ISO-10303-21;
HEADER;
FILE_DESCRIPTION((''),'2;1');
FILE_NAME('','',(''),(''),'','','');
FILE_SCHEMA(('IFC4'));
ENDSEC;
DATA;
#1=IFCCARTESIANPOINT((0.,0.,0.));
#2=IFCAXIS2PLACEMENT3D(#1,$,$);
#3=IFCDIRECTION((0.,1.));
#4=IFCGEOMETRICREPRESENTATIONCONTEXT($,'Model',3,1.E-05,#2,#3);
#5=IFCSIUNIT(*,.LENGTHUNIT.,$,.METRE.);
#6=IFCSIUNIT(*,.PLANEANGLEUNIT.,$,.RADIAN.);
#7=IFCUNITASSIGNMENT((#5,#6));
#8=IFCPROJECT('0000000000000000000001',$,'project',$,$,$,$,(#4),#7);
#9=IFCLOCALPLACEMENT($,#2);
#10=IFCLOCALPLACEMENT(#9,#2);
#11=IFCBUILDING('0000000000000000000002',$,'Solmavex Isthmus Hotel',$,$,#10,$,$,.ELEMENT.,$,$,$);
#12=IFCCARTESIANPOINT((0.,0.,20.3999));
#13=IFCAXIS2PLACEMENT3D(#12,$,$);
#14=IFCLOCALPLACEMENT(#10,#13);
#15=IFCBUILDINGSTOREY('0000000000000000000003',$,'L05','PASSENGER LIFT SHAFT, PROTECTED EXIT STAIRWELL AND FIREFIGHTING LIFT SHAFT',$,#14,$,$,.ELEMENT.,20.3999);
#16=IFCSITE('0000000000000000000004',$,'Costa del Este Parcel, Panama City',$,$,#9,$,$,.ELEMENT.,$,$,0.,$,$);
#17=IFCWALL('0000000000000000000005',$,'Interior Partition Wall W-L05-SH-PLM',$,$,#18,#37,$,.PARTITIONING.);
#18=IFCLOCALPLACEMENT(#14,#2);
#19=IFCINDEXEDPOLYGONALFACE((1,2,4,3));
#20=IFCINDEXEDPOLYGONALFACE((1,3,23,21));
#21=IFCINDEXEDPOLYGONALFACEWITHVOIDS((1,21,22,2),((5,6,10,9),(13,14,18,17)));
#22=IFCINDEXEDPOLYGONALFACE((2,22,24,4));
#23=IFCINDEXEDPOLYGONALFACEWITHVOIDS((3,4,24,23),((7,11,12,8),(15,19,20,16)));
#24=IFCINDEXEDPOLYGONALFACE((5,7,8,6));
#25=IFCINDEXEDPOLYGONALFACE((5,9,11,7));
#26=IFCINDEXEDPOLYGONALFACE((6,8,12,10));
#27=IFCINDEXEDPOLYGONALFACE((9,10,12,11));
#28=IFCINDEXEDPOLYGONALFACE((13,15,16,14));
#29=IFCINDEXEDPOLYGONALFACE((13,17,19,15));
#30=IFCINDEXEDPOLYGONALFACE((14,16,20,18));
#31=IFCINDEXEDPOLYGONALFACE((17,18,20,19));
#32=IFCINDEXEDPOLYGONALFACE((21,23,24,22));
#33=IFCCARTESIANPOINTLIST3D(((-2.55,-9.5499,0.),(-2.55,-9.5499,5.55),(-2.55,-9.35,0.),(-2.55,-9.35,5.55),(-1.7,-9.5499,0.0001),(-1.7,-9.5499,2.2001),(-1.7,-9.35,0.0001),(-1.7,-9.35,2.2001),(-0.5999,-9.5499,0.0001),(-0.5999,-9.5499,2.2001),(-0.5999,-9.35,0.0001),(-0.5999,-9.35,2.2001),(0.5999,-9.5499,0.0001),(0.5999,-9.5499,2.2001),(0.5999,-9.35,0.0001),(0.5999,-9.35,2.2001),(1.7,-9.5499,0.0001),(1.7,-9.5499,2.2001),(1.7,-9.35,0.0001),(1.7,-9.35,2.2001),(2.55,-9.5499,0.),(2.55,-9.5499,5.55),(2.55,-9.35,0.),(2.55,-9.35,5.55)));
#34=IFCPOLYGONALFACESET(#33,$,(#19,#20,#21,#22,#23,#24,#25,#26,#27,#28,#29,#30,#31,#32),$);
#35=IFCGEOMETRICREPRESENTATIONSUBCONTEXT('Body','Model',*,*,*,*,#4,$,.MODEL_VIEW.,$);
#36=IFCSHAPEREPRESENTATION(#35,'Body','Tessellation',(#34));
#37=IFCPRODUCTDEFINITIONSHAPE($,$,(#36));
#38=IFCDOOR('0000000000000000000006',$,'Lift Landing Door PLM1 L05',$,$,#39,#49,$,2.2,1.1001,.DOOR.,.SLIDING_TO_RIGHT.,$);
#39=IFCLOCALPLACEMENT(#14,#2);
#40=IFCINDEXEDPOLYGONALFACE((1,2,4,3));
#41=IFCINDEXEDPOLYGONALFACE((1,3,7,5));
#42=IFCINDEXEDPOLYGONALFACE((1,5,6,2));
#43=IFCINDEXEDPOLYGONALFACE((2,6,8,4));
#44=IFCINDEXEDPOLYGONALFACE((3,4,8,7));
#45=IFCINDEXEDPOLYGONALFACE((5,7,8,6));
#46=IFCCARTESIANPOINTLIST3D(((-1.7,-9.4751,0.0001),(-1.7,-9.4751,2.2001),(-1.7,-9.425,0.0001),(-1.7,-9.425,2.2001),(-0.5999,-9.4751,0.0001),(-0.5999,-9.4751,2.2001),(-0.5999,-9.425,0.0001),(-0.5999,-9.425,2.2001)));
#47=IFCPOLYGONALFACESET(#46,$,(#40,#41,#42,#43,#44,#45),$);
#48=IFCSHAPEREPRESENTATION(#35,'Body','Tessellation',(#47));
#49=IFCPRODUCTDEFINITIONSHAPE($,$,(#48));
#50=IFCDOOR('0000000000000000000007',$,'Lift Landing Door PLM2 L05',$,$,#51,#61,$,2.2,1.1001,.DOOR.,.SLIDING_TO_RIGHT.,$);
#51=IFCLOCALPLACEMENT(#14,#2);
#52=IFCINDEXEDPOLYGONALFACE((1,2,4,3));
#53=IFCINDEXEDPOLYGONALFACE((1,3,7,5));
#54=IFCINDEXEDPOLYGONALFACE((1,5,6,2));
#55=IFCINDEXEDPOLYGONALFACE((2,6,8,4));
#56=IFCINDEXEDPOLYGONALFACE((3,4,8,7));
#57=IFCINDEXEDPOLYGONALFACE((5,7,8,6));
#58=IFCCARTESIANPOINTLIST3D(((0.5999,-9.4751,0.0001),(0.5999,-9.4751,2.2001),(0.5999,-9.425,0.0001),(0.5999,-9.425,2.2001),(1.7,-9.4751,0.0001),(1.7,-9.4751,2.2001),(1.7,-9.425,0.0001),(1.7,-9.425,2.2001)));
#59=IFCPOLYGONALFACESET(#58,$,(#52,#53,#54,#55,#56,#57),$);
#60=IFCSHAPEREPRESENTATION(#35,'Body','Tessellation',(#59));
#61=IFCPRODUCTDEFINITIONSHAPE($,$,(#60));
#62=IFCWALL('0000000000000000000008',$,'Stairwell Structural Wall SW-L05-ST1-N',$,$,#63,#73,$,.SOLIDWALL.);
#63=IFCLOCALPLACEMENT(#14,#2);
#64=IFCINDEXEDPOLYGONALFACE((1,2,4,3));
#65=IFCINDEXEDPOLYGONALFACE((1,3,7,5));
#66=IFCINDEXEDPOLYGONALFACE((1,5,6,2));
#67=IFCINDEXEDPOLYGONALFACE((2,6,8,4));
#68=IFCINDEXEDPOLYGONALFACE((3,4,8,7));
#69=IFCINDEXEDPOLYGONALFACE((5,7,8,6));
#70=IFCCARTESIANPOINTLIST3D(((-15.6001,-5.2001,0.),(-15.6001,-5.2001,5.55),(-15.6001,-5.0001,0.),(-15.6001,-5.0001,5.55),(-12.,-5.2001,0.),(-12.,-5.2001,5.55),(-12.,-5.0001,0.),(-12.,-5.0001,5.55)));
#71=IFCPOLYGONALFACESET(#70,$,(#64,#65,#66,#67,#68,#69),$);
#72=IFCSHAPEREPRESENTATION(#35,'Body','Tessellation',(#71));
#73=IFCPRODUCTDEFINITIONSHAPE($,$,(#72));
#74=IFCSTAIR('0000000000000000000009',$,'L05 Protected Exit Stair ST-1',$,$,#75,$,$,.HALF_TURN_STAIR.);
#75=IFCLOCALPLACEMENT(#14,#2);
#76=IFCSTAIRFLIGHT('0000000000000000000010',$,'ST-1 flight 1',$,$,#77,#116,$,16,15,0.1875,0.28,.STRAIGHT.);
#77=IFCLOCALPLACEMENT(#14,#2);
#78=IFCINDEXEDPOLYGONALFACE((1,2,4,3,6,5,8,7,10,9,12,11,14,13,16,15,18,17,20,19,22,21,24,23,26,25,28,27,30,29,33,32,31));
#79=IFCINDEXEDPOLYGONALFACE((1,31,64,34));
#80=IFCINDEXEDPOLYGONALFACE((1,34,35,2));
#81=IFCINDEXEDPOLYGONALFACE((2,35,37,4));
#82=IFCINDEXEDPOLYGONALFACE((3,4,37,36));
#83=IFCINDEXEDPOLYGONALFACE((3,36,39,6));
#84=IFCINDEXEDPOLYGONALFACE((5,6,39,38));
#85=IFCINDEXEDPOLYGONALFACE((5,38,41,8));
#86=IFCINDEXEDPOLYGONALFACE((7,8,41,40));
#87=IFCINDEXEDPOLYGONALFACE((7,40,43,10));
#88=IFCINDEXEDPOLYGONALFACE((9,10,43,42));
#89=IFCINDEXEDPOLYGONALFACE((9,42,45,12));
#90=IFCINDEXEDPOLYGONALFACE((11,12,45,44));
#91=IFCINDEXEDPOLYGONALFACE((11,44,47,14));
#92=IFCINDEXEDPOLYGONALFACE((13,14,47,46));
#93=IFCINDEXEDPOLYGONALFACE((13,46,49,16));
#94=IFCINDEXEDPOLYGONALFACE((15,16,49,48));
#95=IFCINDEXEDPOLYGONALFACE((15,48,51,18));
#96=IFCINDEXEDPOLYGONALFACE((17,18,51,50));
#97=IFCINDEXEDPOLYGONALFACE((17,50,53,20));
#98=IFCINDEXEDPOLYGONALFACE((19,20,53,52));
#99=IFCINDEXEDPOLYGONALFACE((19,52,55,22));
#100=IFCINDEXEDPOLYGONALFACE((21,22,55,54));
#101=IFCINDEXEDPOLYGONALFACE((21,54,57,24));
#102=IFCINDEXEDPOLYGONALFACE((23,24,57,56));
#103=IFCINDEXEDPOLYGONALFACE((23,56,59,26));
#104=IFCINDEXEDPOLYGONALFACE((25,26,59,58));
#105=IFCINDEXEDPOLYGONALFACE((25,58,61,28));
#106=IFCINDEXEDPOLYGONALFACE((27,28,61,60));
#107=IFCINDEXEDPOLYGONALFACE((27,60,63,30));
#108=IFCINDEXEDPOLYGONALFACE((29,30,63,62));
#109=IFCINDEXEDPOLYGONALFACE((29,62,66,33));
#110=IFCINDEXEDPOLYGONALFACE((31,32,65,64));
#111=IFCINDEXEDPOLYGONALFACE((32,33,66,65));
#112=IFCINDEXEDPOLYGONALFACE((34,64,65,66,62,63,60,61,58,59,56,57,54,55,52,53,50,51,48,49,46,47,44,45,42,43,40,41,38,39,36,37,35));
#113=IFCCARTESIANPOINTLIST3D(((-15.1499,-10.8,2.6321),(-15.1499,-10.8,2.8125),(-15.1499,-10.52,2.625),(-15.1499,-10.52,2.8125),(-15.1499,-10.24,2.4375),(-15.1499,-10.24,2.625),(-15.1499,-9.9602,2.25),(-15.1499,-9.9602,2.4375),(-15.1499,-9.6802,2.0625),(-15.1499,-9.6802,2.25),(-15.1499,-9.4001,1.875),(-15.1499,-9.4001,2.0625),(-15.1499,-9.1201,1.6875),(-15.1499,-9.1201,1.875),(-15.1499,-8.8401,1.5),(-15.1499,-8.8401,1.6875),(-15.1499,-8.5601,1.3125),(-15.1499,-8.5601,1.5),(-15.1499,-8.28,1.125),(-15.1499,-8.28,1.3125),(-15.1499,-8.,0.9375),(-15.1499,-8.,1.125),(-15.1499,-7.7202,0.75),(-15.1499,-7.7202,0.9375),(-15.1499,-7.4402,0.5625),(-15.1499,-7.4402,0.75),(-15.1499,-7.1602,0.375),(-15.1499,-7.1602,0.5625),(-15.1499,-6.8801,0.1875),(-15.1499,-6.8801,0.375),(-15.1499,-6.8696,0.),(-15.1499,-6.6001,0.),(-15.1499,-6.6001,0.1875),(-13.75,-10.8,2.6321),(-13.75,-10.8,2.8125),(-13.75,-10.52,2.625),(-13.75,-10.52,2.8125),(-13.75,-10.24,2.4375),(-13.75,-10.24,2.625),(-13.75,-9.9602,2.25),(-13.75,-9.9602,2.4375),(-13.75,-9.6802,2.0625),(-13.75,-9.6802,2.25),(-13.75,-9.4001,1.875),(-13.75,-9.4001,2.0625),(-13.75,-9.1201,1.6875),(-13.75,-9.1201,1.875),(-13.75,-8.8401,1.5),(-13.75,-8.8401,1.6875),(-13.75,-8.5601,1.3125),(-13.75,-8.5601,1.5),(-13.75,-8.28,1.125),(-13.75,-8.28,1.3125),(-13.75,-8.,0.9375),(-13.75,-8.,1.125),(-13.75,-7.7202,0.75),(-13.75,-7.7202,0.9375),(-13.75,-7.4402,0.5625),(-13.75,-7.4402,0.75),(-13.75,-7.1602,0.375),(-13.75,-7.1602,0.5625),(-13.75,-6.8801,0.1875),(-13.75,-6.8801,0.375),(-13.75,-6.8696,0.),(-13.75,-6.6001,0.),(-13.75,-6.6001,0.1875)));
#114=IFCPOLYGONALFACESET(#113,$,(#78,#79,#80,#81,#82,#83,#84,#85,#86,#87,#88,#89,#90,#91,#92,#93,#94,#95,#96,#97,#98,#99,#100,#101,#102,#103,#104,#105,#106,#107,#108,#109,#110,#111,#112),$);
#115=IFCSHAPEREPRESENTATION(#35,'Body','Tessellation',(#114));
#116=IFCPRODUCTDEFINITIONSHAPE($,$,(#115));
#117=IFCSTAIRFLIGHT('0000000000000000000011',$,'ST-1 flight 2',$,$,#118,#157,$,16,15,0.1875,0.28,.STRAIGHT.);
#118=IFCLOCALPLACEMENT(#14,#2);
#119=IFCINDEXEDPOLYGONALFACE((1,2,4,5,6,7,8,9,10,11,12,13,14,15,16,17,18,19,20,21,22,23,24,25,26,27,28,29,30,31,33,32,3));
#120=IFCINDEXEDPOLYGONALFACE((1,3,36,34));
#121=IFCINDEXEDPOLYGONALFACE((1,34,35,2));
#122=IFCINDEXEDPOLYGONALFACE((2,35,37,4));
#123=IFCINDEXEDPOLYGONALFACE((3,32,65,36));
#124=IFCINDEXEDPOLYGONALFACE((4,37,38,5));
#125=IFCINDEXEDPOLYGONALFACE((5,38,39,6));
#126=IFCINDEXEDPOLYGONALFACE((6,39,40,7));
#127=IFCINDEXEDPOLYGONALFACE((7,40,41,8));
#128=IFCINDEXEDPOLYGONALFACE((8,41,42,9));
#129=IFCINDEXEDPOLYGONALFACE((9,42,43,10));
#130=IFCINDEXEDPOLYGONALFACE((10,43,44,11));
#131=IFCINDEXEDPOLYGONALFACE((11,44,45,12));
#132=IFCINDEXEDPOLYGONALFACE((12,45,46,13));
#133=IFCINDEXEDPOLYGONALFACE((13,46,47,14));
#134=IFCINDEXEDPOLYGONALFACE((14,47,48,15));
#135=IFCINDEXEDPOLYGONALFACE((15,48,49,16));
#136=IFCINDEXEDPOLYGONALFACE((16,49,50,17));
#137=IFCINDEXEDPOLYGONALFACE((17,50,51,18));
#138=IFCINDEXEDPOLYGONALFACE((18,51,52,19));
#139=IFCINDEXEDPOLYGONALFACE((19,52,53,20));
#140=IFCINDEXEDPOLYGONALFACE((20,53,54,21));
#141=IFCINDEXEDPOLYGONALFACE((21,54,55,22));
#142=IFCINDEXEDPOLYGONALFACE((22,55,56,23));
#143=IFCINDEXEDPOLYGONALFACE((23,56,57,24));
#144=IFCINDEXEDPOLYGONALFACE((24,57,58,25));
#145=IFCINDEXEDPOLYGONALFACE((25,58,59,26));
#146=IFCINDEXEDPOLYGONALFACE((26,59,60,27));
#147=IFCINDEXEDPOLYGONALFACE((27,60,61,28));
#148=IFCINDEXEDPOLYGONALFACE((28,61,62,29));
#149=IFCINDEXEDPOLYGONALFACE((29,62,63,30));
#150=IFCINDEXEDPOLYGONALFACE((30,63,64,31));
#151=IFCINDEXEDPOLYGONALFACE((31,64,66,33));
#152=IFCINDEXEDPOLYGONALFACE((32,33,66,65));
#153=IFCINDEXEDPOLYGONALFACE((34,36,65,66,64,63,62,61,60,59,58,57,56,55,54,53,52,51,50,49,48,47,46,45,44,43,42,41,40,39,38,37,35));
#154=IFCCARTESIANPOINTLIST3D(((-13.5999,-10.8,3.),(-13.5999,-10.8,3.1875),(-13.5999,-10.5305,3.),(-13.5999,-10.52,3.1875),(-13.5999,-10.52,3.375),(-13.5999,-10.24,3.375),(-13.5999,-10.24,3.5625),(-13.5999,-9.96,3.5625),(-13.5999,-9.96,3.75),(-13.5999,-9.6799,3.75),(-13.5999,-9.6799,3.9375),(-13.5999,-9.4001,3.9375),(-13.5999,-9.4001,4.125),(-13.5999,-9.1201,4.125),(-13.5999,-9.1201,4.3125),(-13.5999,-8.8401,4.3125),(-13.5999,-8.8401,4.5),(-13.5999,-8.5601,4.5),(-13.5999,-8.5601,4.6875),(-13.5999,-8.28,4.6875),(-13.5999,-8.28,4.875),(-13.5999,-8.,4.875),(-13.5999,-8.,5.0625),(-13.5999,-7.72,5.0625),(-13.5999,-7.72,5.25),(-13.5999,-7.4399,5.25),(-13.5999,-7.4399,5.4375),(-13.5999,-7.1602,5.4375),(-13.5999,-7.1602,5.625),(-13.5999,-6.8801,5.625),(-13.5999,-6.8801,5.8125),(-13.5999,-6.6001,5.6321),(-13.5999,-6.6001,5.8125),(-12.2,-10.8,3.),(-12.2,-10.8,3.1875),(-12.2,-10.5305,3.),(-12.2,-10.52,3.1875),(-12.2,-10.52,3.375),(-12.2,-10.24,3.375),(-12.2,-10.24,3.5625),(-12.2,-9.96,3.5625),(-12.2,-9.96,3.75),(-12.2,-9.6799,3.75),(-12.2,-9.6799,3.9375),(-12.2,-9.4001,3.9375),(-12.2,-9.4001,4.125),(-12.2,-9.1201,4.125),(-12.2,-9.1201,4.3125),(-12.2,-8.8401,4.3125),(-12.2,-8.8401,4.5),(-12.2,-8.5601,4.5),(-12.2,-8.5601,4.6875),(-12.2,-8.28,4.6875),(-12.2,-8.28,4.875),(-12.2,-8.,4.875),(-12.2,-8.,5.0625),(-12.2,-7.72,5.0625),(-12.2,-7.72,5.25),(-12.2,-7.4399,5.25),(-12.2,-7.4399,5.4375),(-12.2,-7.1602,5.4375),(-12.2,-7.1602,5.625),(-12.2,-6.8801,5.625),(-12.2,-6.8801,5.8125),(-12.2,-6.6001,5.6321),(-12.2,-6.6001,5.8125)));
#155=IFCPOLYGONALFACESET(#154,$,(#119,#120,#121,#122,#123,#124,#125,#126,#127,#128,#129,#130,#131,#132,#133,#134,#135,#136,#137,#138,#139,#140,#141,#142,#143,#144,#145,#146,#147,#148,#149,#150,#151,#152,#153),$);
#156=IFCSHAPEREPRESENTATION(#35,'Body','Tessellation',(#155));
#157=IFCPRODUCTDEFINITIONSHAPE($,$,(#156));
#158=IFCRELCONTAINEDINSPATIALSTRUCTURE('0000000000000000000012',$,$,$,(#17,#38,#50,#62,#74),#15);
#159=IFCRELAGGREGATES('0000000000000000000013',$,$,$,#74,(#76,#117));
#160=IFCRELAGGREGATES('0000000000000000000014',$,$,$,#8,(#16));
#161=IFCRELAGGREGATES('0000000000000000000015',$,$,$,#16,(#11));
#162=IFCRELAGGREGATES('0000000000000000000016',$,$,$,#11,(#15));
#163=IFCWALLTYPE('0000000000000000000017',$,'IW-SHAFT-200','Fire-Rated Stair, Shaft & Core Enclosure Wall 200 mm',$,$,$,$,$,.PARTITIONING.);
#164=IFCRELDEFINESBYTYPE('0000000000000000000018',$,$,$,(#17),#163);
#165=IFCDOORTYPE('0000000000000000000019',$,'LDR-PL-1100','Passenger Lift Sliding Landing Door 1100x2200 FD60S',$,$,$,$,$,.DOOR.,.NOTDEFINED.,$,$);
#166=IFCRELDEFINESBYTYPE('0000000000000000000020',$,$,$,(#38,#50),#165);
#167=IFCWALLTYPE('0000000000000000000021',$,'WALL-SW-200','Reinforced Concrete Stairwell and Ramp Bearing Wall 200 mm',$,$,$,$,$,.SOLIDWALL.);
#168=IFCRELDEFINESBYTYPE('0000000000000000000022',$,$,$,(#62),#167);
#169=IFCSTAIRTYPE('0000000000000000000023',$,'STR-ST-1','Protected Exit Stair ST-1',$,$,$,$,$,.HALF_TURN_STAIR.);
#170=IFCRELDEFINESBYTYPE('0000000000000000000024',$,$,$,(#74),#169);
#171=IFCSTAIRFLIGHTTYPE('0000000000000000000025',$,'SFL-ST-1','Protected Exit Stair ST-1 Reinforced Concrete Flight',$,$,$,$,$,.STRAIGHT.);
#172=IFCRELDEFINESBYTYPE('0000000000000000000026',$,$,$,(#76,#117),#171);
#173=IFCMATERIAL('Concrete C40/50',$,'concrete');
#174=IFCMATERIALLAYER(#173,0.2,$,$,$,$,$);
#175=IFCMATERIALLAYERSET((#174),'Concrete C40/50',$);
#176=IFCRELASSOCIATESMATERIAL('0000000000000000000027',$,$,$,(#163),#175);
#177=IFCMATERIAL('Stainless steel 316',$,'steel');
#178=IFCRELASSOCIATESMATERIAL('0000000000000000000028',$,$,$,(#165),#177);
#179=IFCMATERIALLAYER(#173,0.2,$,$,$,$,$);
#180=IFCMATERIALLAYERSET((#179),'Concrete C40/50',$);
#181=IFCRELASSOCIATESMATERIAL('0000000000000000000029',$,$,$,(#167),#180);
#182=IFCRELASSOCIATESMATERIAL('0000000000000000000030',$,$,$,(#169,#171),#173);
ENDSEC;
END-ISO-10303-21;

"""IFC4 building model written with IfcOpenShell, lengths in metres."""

from ifc_helpers import new_model, si_unit, direction, frame, frame_2d, origin, place, context, subcontext, project, spatial, polyline, rectangle, outline, extrude, material, layer, layer_set, type_object, element, fill, aggregate, save


model = new_model("IFC4")

# Units and contexts
model_context = context("Model", 3, precision=1e-05, world=origin(), true_north=direction((0.0, 1.0)))
body_context = subcontext(model_context, "Body", "Model", "MODEL_VIEW")
ifc_project = project(units=[si_unit("LENGTHUNIT", "METRE"), si_unit("PLANEANGLEUNIT", "RADIAN")], contexts=[model_context])

# Site, building, storey
site_placement = place(None, origin())
site = spatial("IfcSite", under=ifc_project, at=site_placement, Name="Costa del Este Parcel, Panama City", CompositionType="ELEMENT", RefElevation=0.0)
building_placement = place(site_placement, origin())
building = spatial("IfcBuilding", under=site, at=building_placement, Name="Solmavex Isthmus Hotel", CompositionType="ELEMENT")
storey_placement = place(building_placement, frame((0.0, 0.0, 20.3999)))
storey = spatial("IfcBuildingStorey", under=building, at=storey_placement, Name="L05", Description="PASSENGER LIFT SHAFT, PROTECTED EXIT STAIRWELL AND FIREFIGHTING LIFT SHAFT", CompositionType="ELEMENT", Elevation=20.3999)

# Shared definitions
ifc_material_1 = material(Name="Concrete C40/50", Category="concrete")
ifc_layer_1 = layer(ifc_material_1, 0.2)
ifc_layer_set_1 = layer_set([ifc_layer_1], Name="Concrete C40/50")
wall_type_1 = type_object("IfcWallType", Name="IW-SHAFT-200", Description="Fire-Rated Stair, Shaft & Core Enclosure Wall 200 mm", PredefinedType="PARTITIONING", material=ifc_layer_set_1)

# Wall, openings, doors
ifc_material_2 = material(Name="Stainless steel 316", Category="steel")
door_type_1 = type_object("IfcDoorType", Name="LDR-PL-1100", Description="Passenger Lift Sliding Landing Door 1100x2200 FD60S", OperationType="NOTDEFINED", PredefinedType="DOOR", material=ifc_material_2)
wall_1_placement = place(storey_placement, frame((-2.55, -9.45, 0.0), z_axis=(0.0, 0.0, 1.0), x_axis=(1.0, 0.0, 0.0)))
wall_1 = element("IfcWall", 1, at=wall_1_placement, inside=storey, type_object=wall_type_1, Name="Interior Partition Wall W-L05-SH-PLM", PredefinedType="PARTITIONING", context=body_context, shape_type="SweptSolid", body=[
    extrude(rectangle(XDim=5.1001, YDim=0.2, at=frame_2d((2.55, 0.0))), origin(), (0.0, 0.0, 1.0), 5.55),
])
opening_1_placement = place(wall_1_placement, frame((0.8501, 0.0, 0.0)))
opening_1 = element("IfcOpeningElement", 2, at=opening_1_placement, cuts=wall_1, PredefinedType="OPENING", context=body_context, shape_type="SweptSolid", body=[
    extrude(rectangle(XDim=1.1001, YDim=2.2, at=frame_2d((0.55, 1.1001))), frame((0.0, 0.1099, 0.0), z_axis=(0.0, -1.0, 0.0), x_axis=(1.0, 0.0, 0.0)), (0.0, 0.0, 1.0), 0.22),
])
opening_2_placement = place(wall_1_placement, frame((3.1499, 0.0, 0.0)))
opening_2 = element("IfcOpeningElement", 3, at=opening_2_placement, cuts=wall_1, PredefinedType="OPENING", context=body_context, shape_type="SweptSolid", body=[
    extrude(rectangle(XDim=1.1001, YDim=2.2, at=frame_2d((0.55, 1.1001))), frame((0.0, 0.1099, 0.0), z_axis=(0.0, -1.0, 0.0), x_axis=(1.0, 0.0, 0.0)), (0.0, 0.0, 1.0), 0.22),
])
door_1_placement = place(opening_1_placement, origin())
door_1 = element("IfcDoor", 4, at=door_1_placement, inside=storey, type_object=door_type_1, Name="Lift Landing Door PLM1 L05", OperationType="SLIDING_TO_RIGHT", OverallHeight=2.2, OverallWidth=1.1001, PredefinedType="DOOR", context=body_context, shape_type="SweptSolid", body=[
    extrude(rectangle(XDim=1.1001, YDim=2.2, at=frame_2d((0.55, 1.1001))), frame((0.0, 0.0249, 0.0), z_axis=(0.0, -1.0, 0.0), x_axis=(1.0, 0.0, 0.0)), (0.0, 0.0, 1.0), 0.05),
])
fill(opening_1, door_1)
door_2_placement = place(opening_2_placement, origin())
door_2 = element("IfcDoor", 5, at=door_2_placement, inside=storey, type_object=door_type_1, Name="Lift Landing Door PLM2 L05", OperationType="SLIDING_TO_RIGHT", OverallHeight=2.2, OverallWidth=1.1001, PredefinedType="DOOR", context=body_context, shape_type="SweptSolid", body=[
    extrude(rectangle(XDim=1.1001, YDim=2.2, at=frame_2d((0.55, 1.1001))), frame((0.0, 0.0249, 0.0), z_axis=(0.0, -1.0, 0.0), x_axis=(1.0, 0.0, 0.0)), (0.0, 0.0, 1.0), 0.05),
])
fill(opening_2, door_2)

# Wall
ifc_layer_2 = layer(ifc_material_1, 0.2)
ifc_layer_set_2 = layer_set([ifc_layer_2], Name="Concrete C40/50")
wall_type_2 = type_object("IfcWallType", Name="WALL-SW-200", Description="Reinforced Concrete Stairwell and Ramp Bearing Wall 200 mm", PredefinedType="SOLIDWALL", material=ifc_layer_set_2)
wall_2_placement = place(storey_placement, frame((-15.6001, -5.1001, 0.0), z_axis=(0.0, 0.0, 1.0), x_axis=(1.0, 0.0, 0.0)))
element("IfcWall", 6, at=wall_2_placement, inside=storey, type_object=wall_type_2, Name="Stairwell Structural Wall SW-L05-ST1-N", PredefinedType="SOLIDWALL", context=body_context, shape_type="SweptSolid", body=[
    extrude(rectangle(XDim=3.6001, YDim=0.2, at=frame_2d((1.8, 0.0))), origin(), (0.0, 0.0, 1.0), 5.55),
])

# Stair, stair flights
stair_type = type_object("IfcStairType", Name="STR-ST-1", Description="Protected Exit Stair ST-1", PredefinedType="HALF_TURN_STAIR", material=ifc_material_1)
stair_placement = place(storey_placement, origin())
stair = element("IfcStair", 7, at=stair_placement, inside=storey, type_object=stair_type, Name="L05 Protected Exit Stair ST-1", PredefinedType="HALF_TURN_STAIR")
stair_flight_type = type_object("IfcStairFlightType", Name="SFL-ST-1", Description="Protected Exit Stair ST-1 Reinforced Concrete Flight", PredefinedType="STRAIGHT", material=ifc_material_1)
stair_flight_1_placement = place(storey_placement, frame((-14.45, -6.6001, 0.0), z_axis=(0.0, 0.0, 1.0), x_axis=(0.0, -1.0, 0.0)))
stair_flight_1 = element("IfcStairFlight", 8, at=stair_flight_1_placement, type_object=stair_flight_type, Name="ST-1 flight 1", NumberOfRisers=16, NumberOfTreads=15, PredefinedType="STRAIGHT", RiserHeight=0.1875, TreadLength=0.28, context=body_context, shape_type="SweptSolid", body=[
    extrude(outline(polyline([(0.0, 0.0), (0.0, 0.1875), (0.28, 0.1875), (0.28, 0.375), (0.5601, 0.375), (0.5601, 0.5625), (0.8401, 0.5625), (0.8401, 0.75), (1.1201, 0.75), (1.1201, 0.9375), (1.3999, 0.9375), (1.3999, 1.125), (1.6799, 1.125), (1.6799, 1.3125), (1.96, 1.3125), (1.96, 1.5), (2.24, 1.5), (2.24, 1.6875), (2.52, 1.6875), (2.52, 1.875), (2.8, 1.875), (2.8, 2.0625), (3.0801, 2.0625), (3.0801, 2.25), (3.3601, 2.25), (3.3601, 2.4375), (3.6399, 2.4375), (3.6399, 2.625), (3.9199, 2.625), (3.9199, 2.8125), (4.2, 2.8125), (4.2, 3.0), (4.2, 2.6321), (0.2695, 0.0), (0.0, 0.0)])), frame((0.0, 0.7, 0.0), z_axis=(0.0, -1.0, 0.0), x_axis=(1.0, 0.0, 0.0)), (0.0, 0.0, 1.0), 1.3999),
])
stair_flight_2_placement = place(storey_placement, frame((-12.8999, -10.8, 3.0), z_axis=(0.0, 0.0, 1.0), x_axis=(0.0, 1.0, 0.0)))
stair_flight_2 = element("IfcStairFlight", 9, at=stair_flight_2_placement, type_object=stair_flight_type, Name="ST-1 flight 2", NumberOfRisers=16, NumberOfTreads=15, PredefinedType="STRAIGHT", RiserHeight=0.1875, TreadLength=0.28, context=body_context, shape_type="SweptSolid", body=[
    extrude(outline(polyline([(0.0, 0.0), (0.0, 0.1875), (0.28, 0.1875), (0.28, 0.375), (0.5601, 0.375), (0.5601, 0.5625), (0.8401, 0.5625), (0.8401, 0.75), (1.1201, 0.75), (1.1201, 0.9375), (1.3999, 0.9375), (1.3999, 1.125), (1.6799, 1.125), (1.6799, 1.3125), (1.96, 1.3125), (1.96, 1.5), (2.24, 1.5), (2.24, 1.6875), (2.52, 1.6875), (2.52, 1.875), (2.8, 1.875), (2.8, 2.0625), (3.0801, 2.0625), (3.0801, 2.25), (3.3601, 2.25), (3.3601, 2.4375), (3.6399, 2.4375), (3.6399, 2.625), (3.9199, 2.625), (3.9199, 2.8125), (4.2, 2.8125), (4.2, 3.0), (4.2, 2.6321), (0.2695, 0.0), (0.0, 0.0)])), frame((0.0, 0.7, 0.0), z_axis=(0.0, -1.0, 0.0), x_axis=(1.0, 0.0, 0.0)), (0.0, 0.0, 1.0), 1.3999),
])
aggregate(stair, [stair_flight_1, stair_flight_2])

save(model, "model.ifc")
